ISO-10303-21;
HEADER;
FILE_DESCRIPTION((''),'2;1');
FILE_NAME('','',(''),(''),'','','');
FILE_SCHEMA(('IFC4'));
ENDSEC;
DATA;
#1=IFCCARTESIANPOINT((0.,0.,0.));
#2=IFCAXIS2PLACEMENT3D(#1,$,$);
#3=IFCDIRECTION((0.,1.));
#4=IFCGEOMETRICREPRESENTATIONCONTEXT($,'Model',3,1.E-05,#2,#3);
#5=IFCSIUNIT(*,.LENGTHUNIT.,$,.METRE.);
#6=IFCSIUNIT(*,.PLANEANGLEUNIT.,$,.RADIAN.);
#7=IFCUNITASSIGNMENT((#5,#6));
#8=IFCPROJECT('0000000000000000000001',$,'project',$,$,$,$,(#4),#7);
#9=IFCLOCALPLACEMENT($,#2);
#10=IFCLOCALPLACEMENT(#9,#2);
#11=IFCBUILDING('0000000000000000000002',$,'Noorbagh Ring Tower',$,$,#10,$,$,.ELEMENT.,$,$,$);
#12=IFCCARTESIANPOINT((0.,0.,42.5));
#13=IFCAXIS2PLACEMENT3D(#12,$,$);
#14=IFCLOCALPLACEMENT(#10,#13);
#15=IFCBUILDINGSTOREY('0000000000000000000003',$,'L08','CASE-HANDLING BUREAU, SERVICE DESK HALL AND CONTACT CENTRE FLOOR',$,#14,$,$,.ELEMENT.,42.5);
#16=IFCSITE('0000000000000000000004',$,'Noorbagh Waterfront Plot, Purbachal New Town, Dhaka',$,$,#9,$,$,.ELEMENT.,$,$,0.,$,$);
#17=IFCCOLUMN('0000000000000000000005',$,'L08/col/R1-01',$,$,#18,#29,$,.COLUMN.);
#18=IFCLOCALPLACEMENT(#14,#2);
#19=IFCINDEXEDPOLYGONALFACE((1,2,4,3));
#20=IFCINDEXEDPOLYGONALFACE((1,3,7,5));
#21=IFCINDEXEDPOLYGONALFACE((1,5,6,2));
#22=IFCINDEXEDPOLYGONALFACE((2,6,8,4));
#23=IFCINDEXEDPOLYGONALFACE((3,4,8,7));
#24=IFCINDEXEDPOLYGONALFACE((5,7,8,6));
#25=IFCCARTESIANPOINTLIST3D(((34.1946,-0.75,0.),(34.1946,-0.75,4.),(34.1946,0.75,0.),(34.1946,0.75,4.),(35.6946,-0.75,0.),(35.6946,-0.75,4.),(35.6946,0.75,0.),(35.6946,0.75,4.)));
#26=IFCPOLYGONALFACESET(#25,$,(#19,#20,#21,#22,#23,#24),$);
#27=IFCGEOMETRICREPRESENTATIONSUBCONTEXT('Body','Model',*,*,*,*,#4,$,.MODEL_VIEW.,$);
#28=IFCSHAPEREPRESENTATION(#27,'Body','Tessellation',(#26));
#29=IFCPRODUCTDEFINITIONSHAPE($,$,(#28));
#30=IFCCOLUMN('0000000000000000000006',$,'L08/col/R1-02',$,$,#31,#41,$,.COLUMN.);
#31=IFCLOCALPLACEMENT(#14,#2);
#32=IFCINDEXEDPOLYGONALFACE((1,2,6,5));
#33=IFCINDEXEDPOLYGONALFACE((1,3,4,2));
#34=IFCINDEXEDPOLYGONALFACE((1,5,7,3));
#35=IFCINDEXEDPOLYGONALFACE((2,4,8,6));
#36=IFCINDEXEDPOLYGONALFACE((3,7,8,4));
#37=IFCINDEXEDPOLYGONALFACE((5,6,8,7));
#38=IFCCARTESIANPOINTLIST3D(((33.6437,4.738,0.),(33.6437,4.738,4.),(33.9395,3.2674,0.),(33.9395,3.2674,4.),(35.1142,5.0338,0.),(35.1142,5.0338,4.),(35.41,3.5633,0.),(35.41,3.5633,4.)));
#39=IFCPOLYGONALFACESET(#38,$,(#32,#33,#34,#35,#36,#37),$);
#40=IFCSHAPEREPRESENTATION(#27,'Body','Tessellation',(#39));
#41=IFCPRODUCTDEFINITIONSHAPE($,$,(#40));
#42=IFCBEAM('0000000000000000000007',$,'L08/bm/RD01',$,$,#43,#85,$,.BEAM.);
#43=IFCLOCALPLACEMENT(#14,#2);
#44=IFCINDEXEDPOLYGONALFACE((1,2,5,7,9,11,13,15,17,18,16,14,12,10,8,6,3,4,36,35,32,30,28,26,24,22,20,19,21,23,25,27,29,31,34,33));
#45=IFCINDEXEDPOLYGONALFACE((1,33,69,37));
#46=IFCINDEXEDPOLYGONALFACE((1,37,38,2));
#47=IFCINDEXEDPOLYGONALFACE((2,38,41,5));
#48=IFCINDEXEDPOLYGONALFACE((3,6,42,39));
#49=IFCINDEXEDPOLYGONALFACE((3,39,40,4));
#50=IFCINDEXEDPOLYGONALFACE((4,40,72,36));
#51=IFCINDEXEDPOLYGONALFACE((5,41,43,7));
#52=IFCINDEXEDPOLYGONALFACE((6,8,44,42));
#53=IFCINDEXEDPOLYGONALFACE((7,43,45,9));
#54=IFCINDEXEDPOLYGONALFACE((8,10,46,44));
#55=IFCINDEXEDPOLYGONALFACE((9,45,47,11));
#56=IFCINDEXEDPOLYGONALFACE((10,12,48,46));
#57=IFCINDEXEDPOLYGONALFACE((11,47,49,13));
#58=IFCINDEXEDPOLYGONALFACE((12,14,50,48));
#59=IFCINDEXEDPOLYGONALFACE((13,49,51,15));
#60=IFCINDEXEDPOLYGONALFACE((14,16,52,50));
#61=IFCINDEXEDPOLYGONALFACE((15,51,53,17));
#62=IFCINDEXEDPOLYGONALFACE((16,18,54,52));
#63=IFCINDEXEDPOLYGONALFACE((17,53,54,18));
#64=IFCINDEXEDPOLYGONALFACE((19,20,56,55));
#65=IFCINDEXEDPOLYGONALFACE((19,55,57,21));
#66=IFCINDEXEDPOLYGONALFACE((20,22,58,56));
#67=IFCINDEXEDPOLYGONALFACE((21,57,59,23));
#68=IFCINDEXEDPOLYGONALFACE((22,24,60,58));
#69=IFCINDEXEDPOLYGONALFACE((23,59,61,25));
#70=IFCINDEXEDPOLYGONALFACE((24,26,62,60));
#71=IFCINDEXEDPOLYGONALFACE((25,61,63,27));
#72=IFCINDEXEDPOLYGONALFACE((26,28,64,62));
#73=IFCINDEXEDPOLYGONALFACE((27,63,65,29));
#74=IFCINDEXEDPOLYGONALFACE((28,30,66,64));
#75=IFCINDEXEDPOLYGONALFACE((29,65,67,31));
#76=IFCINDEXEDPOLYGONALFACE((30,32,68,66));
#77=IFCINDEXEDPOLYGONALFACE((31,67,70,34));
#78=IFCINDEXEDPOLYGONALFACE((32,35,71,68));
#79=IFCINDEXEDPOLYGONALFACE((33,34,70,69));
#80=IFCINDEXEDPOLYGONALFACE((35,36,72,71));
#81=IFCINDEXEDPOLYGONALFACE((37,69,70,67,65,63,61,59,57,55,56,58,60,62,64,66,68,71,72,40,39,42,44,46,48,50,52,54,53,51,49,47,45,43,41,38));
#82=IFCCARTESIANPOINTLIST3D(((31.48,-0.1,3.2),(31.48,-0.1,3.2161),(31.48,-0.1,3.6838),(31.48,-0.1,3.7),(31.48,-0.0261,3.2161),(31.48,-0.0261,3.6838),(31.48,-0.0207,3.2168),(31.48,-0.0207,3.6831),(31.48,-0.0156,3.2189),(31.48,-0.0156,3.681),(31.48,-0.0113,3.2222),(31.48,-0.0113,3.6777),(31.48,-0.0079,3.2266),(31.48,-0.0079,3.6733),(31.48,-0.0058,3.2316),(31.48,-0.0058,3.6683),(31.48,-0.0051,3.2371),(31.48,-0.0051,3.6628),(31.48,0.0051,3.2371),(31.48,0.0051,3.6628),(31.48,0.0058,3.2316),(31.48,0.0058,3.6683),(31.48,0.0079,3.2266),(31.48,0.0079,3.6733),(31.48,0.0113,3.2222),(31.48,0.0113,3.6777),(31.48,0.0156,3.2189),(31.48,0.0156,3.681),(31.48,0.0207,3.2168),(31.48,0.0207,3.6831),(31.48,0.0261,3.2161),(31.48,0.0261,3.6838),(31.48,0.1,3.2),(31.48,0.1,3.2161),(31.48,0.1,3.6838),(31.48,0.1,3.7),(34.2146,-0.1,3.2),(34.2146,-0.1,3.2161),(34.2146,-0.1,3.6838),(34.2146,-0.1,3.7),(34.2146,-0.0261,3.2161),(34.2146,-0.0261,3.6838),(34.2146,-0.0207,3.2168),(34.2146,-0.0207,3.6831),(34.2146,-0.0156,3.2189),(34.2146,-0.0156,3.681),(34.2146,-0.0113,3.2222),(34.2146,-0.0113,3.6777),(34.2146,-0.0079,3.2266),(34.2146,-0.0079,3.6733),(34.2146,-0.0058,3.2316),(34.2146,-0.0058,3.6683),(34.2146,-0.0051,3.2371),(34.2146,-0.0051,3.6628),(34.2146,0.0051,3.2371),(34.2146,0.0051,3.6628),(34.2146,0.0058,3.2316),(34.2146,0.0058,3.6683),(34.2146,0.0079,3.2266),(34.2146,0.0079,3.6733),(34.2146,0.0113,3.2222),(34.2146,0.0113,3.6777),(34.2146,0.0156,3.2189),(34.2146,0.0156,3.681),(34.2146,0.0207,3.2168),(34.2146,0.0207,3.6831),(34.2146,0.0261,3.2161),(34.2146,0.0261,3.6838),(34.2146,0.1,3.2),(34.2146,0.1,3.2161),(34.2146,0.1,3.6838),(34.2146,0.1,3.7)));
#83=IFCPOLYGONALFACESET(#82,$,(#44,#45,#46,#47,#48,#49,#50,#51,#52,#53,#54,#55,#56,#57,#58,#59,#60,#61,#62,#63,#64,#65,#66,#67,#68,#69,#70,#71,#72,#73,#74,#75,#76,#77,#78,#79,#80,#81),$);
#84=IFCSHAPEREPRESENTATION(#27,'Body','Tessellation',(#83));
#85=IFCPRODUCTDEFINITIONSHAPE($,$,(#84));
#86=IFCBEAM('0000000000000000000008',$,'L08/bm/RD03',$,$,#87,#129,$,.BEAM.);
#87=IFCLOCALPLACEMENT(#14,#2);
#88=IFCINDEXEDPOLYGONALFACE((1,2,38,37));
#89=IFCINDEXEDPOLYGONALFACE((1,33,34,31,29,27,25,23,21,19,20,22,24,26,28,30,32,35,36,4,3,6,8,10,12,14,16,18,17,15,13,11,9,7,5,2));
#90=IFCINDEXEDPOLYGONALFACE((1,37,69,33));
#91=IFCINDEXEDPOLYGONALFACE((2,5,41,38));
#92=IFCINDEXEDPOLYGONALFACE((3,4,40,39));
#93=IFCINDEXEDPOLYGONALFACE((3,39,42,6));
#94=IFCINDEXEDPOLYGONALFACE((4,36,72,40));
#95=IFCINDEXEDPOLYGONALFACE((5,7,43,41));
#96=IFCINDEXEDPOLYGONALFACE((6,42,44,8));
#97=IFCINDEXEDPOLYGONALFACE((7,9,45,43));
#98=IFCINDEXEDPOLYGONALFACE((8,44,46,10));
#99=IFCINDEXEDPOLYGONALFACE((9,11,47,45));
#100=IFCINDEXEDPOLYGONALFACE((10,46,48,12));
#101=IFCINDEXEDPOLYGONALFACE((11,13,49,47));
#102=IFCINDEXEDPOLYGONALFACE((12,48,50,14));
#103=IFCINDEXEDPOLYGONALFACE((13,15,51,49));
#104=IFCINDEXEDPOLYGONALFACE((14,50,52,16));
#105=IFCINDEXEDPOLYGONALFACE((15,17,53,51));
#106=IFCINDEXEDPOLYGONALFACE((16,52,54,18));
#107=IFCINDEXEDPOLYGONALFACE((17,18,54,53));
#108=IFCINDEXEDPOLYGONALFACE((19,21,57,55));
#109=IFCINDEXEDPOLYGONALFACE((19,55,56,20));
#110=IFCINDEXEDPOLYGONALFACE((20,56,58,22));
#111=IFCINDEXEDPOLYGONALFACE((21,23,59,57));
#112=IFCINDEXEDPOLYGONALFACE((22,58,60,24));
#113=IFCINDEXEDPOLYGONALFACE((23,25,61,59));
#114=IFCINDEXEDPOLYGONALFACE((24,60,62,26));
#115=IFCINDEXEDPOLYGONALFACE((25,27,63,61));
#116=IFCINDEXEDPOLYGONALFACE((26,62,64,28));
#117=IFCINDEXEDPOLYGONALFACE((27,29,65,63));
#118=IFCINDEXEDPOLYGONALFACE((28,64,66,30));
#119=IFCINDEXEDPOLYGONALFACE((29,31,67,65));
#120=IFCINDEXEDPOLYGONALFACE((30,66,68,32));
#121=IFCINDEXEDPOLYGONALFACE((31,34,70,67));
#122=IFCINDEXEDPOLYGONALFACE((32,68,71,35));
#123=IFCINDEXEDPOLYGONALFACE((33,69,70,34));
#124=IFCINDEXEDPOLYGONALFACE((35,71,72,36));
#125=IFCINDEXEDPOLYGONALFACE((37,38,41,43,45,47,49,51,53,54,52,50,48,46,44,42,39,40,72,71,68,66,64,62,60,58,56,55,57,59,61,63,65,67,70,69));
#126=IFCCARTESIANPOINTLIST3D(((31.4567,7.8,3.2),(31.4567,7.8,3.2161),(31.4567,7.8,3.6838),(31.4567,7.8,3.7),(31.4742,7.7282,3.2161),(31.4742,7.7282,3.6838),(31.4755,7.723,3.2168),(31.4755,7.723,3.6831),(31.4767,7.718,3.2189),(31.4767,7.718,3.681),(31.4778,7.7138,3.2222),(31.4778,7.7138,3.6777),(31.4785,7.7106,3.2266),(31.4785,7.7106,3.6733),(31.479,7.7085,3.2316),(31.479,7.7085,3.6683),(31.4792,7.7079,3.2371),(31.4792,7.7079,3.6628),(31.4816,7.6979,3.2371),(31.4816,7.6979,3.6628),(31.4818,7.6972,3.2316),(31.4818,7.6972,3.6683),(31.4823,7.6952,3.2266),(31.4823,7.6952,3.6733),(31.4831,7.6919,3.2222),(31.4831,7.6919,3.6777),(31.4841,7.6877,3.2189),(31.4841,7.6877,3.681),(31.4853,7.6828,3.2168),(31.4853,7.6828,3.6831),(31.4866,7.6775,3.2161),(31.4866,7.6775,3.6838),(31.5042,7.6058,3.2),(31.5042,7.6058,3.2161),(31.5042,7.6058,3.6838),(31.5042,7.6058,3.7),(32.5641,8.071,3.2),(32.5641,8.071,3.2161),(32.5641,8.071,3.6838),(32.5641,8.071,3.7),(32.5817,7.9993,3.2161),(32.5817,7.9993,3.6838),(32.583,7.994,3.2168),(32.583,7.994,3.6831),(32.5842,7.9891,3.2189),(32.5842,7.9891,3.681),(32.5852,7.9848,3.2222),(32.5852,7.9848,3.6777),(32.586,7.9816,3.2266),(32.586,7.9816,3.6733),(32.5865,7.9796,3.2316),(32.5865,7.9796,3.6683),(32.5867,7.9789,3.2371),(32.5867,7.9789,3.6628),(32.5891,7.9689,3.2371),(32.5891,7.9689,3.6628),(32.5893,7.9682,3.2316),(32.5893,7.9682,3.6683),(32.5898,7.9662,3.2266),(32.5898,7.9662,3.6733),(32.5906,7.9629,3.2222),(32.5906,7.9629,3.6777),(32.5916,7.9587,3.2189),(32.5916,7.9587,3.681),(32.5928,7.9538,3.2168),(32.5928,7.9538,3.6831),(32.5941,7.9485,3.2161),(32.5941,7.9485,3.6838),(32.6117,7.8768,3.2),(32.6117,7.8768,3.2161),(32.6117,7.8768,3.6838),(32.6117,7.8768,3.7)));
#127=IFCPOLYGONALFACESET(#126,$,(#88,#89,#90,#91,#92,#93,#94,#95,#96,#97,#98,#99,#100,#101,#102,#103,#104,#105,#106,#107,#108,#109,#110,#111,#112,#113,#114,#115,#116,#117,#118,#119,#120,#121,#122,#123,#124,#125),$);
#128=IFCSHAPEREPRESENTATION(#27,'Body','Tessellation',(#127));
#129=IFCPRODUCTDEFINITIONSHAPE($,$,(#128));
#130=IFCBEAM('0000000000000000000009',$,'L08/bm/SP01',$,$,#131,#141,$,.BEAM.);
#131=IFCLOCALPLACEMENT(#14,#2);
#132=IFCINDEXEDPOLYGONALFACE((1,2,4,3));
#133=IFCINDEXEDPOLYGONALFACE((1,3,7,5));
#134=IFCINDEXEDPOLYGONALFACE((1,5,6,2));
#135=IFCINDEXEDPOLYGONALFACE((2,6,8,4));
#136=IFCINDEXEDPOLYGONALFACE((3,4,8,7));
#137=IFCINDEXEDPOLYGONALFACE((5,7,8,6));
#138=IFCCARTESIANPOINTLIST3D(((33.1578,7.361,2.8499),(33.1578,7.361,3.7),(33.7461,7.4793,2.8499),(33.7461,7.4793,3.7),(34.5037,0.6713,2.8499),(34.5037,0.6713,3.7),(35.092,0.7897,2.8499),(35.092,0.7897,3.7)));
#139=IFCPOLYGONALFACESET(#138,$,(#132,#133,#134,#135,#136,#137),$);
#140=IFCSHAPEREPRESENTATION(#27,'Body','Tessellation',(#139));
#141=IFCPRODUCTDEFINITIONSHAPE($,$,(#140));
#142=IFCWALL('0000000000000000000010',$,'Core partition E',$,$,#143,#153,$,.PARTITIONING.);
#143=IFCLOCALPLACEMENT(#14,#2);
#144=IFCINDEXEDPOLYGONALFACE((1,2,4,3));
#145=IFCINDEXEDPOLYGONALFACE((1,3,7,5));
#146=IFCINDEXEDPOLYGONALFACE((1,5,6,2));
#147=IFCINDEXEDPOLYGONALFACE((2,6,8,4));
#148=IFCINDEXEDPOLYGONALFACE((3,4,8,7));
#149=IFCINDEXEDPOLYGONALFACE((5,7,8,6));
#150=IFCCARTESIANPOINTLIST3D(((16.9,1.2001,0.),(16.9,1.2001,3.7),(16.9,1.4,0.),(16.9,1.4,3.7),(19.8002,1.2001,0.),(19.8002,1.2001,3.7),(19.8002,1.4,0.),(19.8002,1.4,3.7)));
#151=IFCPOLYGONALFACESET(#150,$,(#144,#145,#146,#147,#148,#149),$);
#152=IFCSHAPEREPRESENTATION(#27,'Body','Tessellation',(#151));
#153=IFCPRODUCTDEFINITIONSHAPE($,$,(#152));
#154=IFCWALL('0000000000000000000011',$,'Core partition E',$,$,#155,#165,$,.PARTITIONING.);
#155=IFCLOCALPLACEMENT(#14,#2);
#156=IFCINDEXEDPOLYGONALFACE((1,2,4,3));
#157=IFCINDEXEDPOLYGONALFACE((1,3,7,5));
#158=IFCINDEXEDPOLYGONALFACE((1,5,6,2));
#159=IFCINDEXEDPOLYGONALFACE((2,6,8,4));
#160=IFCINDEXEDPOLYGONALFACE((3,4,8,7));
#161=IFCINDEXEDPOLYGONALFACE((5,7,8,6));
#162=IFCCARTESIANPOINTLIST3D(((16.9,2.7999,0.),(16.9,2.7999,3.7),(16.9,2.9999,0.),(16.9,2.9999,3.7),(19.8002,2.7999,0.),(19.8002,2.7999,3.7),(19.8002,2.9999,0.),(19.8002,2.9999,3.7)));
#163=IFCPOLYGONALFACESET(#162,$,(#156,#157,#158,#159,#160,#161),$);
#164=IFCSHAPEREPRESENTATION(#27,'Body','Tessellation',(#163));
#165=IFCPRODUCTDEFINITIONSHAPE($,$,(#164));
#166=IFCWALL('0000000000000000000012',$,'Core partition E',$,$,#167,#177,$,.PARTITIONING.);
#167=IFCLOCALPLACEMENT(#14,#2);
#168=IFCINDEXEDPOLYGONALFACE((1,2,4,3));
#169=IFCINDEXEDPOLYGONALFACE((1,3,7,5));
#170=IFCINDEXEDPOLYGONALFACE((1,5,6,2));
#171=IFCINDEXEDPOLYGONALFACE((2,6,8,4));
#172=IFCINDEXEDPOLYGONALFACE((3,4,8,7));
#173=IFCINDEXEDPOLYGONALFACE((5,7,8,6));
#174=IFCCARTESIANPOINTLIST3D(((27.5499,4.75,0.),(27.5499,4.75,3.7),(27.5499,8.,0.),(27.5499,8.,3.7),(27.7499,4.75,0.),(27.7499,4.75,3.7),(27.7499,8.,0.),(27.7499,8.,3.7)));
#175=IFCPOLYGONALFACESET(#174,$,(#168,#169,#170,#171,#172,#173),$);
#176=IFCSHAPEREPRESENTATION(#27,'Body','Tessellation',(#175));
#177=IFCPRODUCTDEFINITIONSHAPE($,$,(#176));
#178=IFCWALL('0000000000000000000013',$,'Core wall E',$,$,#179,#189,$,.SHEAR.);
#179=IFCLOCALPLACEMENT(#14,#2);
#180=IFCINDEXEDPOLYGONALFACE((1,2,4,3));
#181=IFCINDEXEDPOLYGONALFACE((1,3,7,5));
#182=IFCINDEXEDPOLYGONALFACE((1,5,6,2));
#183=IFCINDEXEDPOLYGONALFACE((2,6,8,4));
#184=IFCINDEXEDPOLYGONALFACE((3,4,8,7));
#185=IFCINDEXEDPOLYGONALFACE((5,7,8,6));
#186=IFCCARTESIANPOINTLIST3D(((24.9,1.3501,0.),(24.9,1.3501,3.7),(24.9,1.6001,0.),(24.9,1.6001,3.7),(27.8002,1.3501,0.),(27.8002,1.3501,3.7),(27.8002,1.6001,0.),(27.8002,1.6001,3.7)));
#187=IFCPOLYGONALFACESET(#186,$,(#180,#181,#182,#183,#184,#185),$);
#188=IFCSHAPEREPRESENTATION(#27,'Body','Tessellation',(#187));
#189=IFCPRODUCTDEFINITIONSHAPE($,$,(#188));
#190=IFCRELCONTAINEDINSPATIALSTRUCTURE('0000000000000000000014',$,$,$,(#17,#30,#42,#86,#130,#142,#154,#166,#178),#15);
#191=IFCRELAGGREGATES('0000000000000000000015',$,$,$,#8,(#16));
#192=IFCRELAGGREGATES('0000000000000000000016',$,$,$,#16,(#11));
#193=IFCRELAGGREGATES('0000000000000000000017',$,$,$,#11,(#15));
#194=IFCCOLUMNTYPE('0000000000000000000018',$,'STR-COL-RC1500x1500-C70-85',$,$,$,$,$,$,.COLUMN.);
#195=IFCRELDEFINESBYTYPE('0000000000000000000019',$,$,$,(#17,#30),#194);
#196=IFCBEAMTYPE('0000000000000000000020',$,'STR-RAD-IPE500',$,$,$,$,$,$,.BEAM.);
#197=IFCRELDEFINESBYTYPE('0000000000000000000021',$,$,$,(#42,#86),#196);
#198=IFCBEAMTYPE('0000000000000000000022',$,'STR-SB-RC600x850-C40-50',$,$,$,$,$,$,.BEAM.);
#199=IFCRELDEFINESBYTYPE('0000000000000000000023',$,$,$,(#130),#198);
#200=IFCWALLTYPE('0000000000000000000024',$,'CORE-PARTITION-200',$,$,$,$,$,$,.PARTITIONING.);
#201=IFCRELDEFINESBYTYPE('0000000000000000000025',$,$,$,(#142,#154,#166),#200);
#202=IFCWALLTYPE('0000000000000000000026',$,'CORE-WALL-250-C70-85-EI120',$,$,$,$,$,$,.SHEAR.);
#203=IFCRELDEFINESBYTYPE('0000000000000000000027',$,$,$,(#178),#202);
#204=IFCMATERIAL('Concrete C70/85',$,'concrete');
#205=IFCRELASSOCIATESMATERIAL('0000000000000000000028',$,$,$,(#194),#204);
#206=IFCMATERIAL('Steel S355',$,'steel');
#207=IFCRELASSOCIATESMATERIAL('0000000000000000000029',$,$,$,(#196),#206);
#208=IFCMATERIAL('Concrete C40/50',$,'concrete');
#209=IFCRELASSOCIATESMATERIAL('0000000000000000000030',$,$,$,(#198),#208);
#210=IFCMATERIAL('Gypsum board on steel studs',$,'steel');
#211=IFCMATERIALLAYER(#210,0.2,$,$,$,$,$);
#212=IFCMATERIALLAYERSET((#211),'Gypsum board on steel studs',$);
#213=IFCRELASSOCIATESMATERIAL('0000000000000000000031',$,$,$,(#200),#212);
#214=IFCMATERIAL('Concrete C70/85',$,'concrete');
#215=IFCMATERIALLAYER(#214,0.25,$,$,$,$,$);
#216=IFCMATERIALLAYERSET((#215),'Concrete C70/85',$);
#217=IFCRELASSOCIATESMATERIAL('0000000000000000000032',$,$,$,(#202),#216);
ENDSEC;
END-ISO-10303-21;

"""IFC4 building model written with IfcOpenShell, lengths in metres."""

from ifc_helpers import new_model, si_unit, direction, frame, frame_2d, origin, origin_2d, place, context, subcontext, project, spatial, rectangle, i_section, extrude, material, layer, layer_set, material_profile, profile_set, type_object, element, save


model = new_model("IFC4")

# Units and contexts
model_context = context("Model", 3, precision=1e-05, world=origin(), true_north=direction((0.0, 1.0)))
body_context = subcontext(model_context, "Body", "Model", "MODEL_VIEW")
ifc_project = project(units=[si_unit("LENGTHUNIT", "METRE"), si_unit("PLANEANGLEUNIT", "RADIAN")], contexts=[model_context])

# Site, building, storey
site_placement = place(None, origin())
site = spatial("IfcSite", under=ifc_project, at=site_placement, Name="Noorbagh Waterfront Plot, Purbachal New Town, Dhaka", CompositionType="ELEMENT", RefElevation=0.0)
building_placement = place(site_placement, origin())
building = spatial("IfcBuilding", under=site, at=building_placement, Name="Noorbagh Ring Tower", CompositionType="ELEMENT")
storey_placement = place(building_placement, frame((0.0, 0.0, 42.5)))
storey = spatial("IfcBuildingStorey", under=building, at=storey_placement, Name="L08", Description="CASE-HANDLING BUREAU, SERVICE DESK HALL AND CONTACT CENTRE FLOOR", CompositionType="ELEMENT", Elevation=42.5)

# Columns
ifc_material_1 = material(Name="Concrete C70/85", Category="concrete")
ifc_material_profile_1 = material_profile(ifc_material_1, rectangle(XDim=1.5, YDim=1.5, at=origin_2d()), Name="RC1500x1500")
ifc_profile_set_1 = profile_set([ifc_material_profile_1], Name="Concrete C70/85")
column_type = type_object("IfcColumnType", Name="STR-COL-RC1500x1500-C70-85", PredefinedType="COLUMN", material=ifc_profile_set_1)
for number, where, z_axis, x_axis, name in (
    (1, (34.9446, 0.0, 0.0), (0.0, 0.0, 1.0), (0.0, 1.0, 0.0), "L08/col/R1-01"),
    (2, (34.5269, 4.1506, 0.0), (0.0, 0.0, 1.0), (-0.19723, 0.980357, 0.0), "L08/col/R1-02"),
):
    element("IfcColumn", number, at=place(storey_placement, frame(where, z_axis=z_axis, x_axis=x_axis)), inside=storey, type_object=column_type, Name=name, PredefinedType="COLUMN", context=body_context, shape_type="SweptSolid", body=[
        extrude(rectangle(XDim=1.5, YDim=1.5, at=origin_2d()), origin(), (0.0, 0.0, 1.0), 4.0),
    ])

# Beams
ifc_material_2 = material(Name="Steel S355", Category="steel")
ifc_material_profile_2 = material_profile(ifc_material_2, i_section(OverallWidth=0.2, OverallDepth=0.5, WebThickness=0.0103, FlangeThickness=0.0161, FilletRadius=0.021, at=origin_2d()), Name="IPE500")
ifc_profile_set_2 = profile_set([ifc_material_profile_2], Name="Steel S355")
beam_type_1 = type_object("IfcBeamType", Name="STR-RAD-IPE500", PredefinedType="BEAM", material=ifc_profile_set_2)
beam_1_placement = place(storey_placement, frame((34.2146, 0.0, 3.45), z_axis=(-1.0, 0.0, 0.0), x_axis=(0.0, -1.0, 0.0)))
element("IfcBeam", 3, at=beam_1_placement, inside=storey, type_object=beam_type_1, Name="L08/bm/RD01", PredefinedType="BEAM", context=body_context, shape_type="SweptSolid", body=[
    extrude(i_section(OverallWidth=0.2, OverallDepth=0.5, WebThickness=0.0103, FlangeThickness=0.0161, FilletRadius=0.021, at=origin_2d()), origin(), (0.0, 0.0, 1.0), 2.7346),
])
beam_2_placement = place(storey_placement, frame((32.5879, 7.9739, 3.45), z_axis=(-0.97134, -0.237696, 0.0), x_axis=(0.237696, -0.97134, 0.0)))
element("IfcBeam", 4, at=beam_2_placement, inside=storey, type_object=beam_type_1, Name="L08/bm/RD03", PredefinedType="BEAM", context=body_context, shape_type="SweptSolid", body=[
    extrude(i_section(OverallWidth=0.2, OverallDepth=0.5, WebThickness=0.0103, FlangeThickness=0.0161, FilletRadius=0.021, at=origin_2d()), origin(), (0.0, 0.0, 1.0), 1.1401),
])
ifc_material_3 = material(Name="Concrete C40/50", Category="concrete")
ifc_material_profile_3 = material_profile(ifc_material_3, rectangle(XDim=0.6001, YDim=0.8501, at=origin_2d()), Name="RC600x850")
ifc_profile_set_3 = profile_set([ifc_material_profile_3], Name="Concrete C40/50")
beam_type_2 = type_object("IfcBeamType", Name="STR-SB-RC600x850-C40-50", PredefinedType="BEAM", material=ifc_profile_set_3)
beam_3_placement = place(storey_placement, frame((34.7979, 0.7305, 3.2749), z_axis=(-0.197244, 0.980354, 0.0), x_axis=(-0.980354, -0.197244, 0.0)))
element("IfcBeam", 5, at=beam_3_placement, inside=storey, type_object=beam_type_2, Name="L08/bm/SP01", PredefinedType="BEAM", context=body_context, shape_type="SweptSolid", body=[
    extrude(rectangle(XDim=0.6001, YDim=0.8501, at=origin_2d()), origin(), (0.0, 0.0, 1.0), 6.8237),
])

# Walls
ifc_material_4 = material(Name="Gypsum board on steel studs", Category="steel")
ifc_layer_1 = layer(ifc_material_4, 0.2)
ifc_layer_set_1 = layer_set([ifc_layer_1], Name="Gypsum board on steel studs")
wall_type_1 = type_object("IfcWallType", Name="CORE-PARTITION-200", PredefinedType="PARTITIONING", material=ifc_layer_set_1)
for number, where, z_axis, x_axis, name in (
    (6, (16.8999, 1.3, 0.0), (0.0, 0.0, 1.0), (1.0, 0.0, 0.0), "Core partition E"),
    (7, (16.8999, 2.8999, 0.0), (0.0, 0.0, 1.0), (1.0, 0.0, 0.0), "Core partition E"),
):
    element("IfcWall", number, at=place(storey_placement, frame(where, z_axis=z_axis, x_axis=x_axis)), inside=storey, type_object=wall_type_1, Name=name, PredefinedType="PARTITIONING", context=body_context, shape_type="SweptSolid", body=[
        extrude(rectangle(XDim=2.9001, YDim=0.2, at=frame_2d((1.4502, 0.0))), origin(), (0.0, 0.0, 1.0), 3.7),
    ])
wall_1_placement = place(storey_placement, frame((27.6499, 4.75, 0.0), z_axis=(0.0, 0.0, 1.0), x_axis=(0.0, 1.0, 0.0)))
element("IfcWall", 8, at=wall_1_placement, inside=storey, type_object=wall_type_1, Name="Core partition E", PredefinedType="PARTITIONING", context=body_context, shape_type="SweptSolid", body=[
    extrude(rectangle(XDim=3.25, YDim=0.2, at=frame_2d((1.625, 0.0))), origin(), (0.0, 0.0, 1.0), 3.7),
])
ifc_material_5 = material(Name="Concrete C70/85", Category="concrete")
ifc_layer_2 = layer(ifc_material_5, 0.25)
ifc_layer_set_2 = layer_set([ifc_layer_2], Name="Concrete C70/85")
wall_type_2 = type_object("IfcWallType", Name="CORE-WALL-250-C70-85-EI120", PredefinedType="SHEAR", material=ifc_layer_set_2)
wall_2_placement = place(storey_placement, frame((24.8999, 1.4751, 0.0), z_axis=(0.0, 0.0, 1.0), x_axis=(1.0, 0.0, 0.0)))
element("IfcWall", 9, at=wall_2_placement, inside=storey, type_object=wall_type_2, Name="Core wall E", PredefinedType="SHEAR", context=body_context, shape_type="SweptSolid", body=[
    extrude(rectangle(XDim=2.9001, YDim=0.25, at=frame_2d((1.4502, 0.0))), origin(), (0.0, 0.0, 1.0), 3.7),
])

save(model, "model.ifc")
